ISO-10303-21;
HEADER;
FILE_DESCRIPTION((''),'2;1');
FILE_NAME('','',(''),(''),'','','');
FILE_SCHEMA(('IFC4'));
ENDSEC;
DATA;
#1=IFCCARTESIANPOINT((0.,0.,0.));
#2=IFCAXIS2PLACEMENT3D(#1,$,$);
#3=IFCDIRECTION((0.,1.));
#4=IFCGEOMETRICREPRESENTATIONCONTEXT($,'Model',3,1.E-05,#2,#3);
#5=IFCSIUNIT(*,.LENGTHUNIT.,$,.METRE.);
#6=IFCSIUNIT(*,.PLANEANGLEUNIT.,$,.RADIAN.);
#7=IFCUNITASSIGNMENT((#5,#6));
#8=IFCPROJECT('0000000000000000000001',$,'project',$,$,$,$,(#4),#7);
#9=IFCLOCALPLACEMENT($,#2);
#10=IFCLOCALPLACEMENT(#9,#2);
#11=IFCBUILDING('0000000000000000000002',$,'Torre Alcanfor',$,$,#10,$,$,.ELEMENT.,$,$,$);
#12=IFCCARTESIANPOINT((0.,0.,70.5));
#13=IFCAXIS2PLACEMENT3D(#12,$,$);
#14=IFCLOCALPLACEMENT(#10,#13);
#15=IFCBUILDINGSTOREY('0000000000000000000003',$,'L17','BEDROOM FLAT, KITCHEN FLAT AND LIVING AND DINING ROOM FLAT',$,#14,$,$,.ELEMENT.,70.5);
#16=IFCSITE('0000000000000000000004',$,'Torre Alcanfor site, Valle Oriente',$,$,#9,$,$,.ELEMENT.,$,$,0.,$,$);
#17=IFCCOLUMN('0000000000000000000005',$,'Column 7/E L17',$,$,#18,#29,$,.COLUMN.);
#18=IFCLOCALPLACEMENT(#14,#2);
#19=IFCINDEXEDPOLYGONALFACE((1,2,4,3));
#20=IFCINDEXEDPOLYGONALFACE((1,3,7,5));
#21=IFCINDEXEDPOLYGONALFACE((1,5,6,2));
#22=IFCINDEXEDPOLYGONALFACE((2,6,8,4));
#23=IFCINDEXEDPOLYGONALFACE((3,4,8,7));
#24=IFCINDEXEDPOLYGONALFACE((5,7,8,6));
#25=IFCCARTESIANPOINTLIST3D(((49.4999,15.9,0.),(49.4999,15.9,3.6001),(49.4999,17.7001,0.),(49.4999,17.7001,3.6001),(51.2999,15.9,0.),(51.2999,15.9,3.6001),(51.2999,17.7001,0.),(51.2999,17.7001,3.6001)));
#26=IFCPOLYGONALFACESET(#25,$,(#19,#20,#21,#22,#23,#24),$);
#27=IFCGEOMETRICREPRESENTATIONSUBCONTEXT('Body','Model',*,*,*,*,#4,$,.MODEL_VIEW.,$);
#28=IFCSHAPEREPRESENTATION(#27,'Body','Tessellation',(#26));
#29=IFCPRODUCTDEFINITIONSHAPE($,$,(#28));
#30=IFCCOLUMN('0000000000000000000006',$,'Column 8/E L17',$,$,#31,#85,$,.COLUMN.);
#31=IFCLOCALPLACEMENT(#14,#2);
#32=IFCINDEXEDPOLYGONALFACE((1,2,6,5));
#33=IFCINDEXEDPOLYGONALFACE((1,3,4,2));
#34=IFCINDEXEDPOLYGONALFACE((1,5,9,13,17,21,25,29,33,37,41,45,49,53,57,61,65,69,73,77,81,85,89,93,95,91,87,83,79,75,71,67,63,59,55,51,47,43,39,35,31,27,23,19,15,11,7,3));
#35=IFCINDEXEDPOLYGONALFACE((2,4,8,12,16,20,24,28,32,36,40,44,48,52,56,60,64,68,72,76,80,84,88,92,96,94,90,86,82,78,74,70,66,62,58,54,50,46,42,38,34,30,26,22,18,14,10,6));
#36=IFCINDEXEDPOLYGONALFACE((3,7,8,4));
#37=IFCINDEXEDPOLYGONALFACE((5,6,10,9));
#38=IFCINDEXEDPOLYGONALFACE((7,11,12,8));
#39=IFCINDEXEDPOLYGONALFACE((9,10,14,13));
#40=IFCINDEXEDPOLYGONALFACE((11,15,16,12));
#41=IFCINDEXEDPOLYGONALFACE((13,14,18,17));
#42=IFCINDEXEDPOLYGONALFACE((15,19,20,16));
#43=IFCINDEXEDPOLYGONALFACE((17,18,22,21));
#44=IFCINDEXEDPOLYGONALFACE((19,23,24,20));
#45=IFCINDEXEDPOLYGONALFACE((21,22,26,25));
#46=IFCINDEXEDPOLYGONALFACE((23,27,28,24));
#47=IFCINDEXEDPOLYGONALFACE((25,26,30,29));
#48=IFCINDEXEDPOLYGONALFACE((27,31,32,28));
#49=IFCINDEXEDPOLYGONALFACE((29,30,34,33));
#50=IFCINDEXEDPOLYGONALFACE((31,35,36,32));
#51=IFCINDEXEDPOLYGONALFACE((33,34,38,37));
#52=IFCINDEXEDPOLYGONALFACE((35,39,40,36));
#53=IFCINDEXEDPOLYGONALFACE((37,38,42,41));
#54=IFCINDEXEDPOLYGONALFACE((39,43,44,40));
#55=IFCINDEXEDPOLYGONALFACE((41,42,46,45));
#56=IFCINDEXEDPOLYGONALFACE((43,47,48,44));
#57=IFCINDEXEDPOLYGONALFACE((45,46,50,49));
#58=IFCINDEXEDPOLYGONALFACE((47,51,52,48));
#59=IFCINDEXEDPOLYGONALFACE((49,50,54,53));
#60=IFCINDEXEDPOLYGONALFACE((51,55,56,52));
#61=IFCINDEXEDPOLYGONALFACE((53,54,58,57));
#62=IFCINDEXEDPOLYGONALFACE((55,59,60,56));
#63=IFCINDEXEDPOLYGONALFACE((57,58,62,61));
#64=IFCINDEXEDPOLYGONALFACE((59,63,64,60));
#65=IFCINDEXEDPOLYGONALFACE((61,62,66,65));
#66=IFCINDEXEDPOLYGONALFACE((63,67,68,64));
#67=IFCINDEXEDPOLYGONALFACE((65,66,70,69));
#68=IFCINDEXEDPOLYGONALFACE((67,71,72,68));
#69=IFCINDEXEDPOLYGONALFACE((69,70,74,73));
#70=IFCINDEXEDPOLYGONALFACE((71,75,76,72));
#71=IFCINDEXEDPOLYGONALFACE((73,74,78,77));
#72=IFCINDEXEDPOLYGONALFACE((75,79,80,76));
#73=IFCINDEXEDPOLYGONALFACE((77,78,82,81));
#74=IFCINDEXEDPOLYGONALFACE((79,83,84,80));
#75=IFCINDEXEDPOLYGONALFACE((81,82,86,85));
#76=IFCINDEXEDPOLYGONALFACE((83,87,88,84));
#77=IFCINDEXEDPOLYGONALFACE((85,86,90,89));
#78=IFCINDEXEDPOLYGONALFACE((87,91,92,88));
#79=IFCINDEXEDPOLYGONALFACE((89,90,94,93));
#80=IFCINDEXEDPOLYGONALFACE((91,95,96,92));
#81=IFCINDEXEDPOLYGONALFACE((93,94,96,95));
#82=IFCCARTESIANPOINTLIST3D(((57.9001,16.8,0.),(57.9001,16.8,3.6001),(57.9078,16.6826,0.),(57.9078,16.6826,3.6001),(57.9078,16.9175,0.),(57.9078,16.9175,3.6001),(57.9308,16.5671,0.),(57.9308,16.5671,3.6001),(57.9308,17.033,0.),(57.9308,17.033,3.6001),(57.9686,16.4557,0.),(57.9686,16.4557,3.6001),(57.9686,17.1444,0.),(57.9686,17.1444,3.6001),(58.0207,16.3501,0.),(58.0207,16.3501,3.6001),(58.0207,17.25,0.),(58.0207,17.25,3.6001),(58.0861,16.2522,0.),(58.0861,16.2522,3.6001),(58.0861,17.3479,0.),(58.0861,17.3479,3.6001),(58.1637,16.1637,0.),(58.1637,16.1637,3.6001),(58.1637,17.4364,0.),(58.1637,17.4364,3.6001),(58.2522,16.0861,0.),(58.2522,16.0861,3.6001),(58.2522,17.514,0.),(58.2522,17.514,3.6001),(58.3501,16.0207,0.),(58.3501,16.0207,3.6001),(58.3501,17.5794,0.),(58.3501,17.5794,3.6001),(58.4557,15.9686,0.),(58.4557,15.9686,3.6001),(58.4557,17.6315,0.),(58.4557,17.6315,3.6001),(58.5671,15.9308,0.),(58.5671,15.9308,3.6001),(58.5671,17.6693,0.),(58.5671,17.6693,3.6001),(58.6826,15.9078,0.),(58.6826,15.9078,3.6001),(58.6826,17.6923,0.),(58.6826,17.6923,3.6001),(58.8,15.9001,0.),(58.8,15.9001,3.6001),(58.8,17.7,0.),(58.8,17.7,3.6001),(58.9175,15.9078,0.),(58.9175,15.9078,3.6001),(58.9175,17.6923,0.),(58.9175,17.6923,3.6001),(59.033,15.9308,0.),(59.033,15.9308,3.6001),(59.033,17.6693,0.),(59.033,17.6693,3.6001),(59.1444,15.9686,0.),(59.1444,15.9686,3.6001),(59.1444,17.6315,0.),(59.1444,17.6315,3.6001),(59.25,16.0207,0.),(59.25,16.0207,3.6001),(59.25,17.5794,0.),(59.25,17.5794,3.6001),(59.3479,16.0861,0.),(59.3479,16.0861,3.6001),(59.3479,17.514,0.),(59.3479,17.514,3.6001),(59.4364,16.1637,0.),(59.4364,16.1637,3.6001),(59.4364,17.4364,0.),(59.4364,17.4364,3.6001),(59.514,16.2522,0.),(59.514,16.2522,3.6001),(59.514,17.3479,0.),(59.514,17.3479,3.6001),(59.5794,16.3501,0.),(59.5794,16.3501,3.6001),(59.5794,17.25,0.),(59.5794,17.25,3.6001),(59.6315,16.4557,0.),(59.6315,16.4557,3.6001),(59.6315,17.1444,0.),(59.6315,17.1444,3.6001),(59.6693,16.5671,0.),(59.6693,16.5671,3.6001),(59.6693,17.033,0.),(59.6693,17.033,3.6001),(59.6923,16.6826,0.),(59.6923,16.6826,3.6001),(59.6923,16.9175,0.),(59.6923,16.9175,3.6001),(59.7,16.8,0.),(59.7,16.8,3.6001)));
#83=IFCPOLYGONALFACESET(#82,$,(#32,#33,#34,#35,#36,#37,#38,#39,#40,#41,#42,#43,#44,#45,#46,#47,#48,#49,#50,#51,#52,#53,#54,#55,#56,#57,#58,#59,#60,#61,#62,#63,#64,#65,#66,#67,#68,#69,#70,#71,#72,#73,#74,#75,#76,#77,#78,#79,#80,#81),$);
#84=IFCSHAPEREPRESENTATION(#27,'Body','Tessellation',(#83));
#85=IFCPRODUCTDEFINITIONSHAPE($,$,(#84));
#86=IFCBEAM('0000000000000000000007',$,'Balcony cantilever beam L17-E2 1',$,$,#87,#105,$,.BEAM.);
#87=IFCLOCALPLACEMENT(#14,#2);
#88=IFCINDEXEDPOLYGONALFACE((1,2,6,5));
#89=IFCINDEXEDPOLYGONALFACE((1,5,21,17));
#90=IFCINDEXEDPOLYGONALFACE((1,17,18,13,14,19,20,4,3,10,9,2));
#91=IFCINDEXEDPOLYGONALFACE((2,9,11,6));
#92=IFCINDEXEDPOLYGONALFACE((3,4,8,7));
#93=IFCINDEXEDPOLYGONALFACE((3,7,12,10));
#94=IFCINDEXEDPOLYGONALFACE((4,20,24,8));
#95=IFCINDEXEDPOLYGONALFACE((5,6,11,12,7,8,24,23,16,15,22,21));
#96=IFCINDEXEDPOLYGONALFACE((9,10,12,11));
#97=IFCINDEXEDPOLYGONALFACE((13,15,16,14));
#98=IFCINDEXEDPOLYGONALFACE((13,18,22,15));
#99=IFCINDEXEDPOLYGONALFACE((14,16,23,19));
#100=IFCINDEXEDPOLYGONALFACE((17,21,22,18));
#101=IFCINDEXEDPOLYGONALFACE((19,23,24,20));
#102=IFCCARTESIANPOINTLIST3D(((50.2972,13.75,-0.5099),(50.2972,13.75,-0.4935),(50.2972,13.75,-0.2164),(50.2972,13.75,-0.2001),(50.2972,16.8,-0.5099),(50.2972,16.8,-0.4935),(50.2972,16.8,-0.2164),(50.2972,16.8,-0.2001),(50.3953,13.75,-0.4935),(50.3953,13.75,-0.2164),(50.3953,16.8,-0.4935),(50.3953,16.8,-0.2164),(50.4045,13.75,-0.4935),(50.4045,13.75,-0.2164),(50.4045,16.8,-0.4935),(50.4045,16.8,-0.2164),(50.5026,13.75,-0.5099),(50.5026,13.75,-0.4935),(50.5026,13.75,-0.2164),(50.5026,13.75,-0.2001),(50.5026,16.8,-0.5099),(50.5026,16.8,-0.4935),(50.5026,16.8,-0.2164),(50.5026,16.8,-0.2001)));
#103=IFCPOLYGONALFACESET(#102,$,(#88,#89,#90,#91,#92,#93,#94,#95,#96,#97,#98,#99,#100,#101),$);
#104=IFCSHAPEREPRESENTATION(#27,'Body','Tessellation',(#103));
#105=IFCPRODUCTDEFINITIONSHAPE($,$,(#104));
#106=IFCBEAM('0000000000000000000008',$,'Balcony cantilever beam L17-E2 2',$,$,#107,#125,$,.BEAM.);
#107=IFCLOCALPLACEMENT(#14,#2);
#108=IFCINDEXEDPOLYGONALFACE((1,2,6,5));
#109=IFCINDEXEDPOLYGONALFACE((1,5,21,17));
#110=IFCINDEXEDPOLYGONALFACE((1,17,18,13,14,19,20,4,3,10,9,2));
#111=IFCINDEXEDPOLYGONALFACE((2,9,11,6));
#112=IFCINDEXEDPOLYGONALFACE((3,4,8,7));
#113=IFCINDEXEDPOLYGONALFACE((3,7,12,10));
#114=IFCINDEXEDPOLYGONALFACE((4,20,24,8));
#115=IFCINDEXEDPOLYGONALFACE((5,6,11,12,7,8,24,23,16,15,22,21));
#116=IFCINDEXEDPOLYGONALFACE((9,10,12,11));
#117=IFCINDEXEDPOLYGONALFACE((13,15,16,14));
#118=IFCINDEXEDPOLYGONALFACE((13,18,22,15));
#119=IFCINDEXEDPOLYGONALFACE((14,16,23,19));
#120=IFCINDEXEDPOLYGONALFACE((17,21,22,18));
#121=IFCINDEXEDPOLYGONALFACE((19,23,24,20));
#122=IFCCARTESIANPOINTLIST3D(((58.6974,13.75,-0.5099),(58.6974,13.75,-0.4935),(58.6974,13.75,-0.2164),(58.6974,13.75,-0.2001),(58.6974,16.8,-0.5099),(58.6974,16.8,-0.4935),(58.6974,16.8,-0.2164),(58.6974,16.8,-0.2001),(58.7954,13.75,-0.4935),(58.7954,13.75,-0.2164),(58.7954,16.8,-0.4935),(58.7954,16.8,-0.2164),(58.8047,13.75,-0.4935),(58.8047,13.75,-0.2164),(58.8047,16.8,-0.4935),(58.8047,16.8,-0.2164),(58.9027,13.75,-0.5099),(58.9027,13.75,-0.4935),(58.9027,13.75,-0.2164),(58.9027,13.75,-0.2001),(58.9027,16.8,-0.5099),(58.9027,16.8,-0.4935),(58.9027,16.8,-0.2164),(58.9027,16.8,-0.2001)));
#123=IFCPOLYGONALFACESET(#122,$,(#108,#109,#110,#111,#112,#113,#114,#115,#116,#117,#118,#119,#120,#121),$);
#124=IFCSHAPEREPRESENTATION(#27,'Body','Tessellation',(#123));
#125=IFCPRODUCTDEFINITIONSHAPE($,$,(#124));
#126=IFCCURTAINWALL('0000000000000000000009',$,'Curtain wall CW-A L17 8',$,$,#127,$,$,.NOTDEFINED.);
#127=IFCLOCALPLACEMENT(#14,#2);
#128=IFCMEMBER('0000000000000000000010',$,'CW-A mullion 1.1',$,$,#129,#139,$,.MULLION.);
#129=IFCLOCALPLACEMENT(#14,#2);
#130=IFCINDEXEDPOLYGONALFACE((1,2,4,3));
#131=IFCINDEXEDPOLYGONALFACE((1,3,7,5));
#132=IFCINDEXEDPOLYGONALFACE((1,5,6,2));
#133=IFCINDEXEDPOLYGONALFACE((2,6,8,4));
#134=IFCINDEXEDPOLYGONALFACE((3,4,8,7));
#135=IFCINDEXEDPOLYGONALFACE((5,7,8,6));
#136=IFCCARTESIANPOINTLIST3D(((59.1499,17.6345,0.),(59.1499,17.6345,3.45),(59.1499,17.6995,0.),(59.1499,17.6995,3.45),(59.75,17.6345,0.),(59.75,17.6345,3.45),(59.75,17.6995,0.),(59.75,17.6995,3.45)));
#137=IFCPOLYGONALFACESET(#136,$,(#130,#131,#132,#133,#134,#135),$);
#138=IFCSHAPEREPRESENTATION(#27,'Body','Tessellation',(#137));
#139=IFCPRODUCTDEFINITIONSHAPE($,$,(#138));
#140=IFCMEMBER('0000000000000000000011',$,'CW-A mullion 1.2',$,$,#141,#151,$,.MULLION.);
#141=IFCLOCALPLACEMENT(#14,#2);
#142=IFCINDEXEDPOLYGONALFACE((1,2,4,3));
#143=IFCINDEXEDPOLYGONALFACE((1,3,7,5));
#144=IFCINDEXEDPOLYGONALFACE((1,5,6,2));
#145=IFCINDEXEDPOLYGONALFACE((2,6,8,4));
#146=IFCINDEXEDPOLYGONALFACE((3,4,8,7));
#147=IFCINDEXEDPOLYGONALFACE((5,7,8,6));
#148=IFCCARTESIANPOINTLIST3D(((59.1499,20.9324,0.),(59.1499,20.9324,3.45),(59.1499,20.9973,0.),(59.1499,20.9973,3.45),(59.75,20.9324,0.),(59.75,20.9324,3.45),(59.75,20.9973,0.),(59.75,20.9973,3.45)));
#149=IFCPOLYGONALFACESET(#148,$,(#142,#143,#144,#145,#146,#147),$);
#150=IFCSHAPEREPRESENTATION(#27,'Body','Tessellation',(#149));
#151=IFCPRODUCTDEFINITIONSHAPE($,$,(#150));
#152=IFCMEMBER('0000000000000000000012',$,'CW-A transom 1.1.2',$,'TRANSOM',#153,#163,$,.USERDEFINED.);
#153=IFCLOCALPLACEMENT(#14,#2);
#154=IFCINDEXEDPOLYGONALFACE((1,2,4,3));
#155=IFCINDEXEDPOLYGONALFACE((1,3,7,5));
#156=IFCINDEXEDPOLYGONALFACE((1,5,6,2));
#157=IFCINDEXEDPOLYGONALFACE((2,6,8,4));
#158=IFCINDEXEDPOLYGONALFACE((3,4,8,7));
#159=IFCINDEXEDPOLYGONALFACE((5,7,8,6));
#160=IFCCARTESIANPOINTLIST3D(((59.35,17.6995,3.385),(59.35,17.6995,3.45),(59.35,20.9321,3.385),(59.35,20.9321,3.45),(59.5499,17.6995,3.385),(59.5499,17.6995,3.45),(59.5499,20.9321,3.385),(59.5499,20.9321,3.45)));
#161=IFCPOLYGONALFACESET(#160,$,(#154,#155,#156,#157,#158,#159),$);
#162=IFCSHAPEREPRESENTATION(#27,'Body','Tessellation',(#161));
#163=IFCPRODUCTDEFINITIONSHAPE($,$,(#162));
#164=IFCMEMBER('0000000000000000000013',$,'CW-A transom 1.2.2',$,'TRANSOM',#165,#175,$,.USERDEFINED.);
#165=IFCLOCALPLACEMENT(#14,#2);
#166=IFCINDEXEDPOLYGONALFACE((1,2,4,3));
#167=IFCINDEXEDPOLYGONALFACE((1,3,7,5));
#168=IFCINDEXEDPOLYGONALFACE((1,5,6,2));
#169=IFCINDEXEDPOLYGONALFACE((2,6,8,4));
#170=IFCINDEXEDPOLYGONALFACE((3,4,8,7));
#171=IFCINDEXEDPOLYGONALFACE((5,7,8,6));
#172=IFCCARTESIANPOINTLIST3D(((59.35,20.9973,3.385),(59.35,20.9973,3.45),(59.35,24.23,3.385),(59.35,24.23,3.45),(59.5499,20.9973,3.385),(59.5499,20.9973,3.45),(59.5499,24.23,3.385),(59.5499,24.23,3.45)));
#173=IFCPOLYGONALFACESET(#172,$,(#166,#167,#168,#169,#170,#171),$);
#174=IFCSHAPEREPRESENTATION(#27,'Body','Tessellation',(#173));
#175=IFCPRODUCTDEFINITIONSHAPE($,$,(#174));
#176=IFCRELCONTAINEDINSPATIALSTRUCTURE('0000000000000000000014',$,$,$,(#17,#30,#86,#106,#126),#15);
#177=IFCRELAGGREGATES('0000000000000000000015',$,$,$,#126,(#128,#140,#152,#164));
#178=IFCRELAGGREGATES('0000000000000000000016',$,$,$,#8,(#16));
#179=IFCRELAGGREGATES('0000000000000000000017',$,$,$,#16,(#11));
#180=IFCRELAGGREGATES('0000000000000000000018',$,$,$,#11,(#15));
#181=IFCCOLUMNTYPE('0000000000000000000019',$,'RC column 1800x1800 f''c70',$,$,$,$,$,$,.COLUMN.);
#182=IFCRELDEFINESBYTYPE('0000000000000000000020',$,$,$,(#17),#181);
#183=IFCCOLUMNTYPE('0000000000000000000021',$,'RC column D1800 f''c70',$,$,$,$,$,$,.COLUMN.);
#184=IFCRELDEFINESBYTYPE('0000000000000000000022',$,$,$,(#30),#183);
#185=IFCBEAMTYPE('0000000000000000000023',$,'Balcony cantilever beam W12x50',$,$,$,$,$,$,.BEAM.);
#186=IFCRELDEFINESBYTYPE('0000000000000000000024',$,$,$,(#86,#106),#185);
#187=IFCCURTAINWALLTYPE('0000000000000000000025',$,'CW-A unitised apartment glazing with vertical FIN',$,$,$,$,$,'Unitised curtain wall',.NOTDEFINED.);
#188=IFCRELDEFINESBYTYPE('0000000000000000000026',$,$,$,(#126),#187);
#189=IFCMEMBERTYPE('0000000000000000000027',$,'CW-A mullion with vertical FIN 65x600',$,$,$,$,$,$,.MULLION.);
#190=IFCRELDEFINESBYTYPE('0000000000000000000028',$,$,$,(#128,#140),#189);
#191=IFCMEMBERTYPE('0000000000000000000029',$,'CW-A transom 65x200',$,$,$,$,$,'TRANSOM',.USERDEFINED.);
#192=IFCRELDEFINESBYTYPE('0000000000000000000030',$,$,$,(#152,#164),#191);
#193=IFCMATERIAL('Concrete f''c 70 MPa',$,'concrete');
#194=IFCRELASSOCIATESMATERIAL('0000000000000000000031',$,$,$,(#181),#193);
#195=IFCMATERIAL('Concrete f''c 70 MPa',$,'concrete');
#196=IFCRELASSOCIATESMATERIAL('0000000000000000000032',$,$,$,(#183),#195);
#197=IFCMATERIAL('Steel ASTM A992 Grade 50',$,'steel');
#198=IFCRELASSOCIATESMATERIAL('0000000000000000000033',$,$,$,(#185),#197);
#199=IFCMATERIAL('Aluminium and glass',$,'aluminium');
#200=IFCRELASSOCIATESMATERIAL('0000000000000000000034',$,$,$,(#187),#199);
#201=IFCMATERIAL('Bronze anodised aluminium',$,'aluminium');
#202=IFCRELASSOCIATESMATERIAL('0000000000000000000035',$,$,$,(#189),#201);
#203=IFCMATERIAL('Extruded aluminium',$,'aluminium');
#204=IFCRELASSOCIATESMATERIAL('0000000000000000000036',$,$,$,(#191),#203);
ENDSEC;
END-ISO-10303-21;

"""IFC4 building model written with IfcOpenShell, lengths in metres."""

from ifc_helpers import new_model, si_unit, direction, frame, origin, origin_2d, place, context, subcontext, project, spatial, rectangle, circle, i_section, extrude, material, material_profile, profile_set, type_object, element, aggregate, save


model = new_model("IFC4")

# Units and contexts
model_context = context("Model", 3, precision=1e-05, world=origin(), true_north=direction((0.0, 1.0)))
body_context = subcontext(model_context, "Body", "Model", "MODEL_VIEW")
ifc_project = project(units=[si_unit("LENGTHUNIT", "METRE"), si_unit("PLANEANGLEUNIT", "RADIAN")], contexts=[model_context])

# Site, building, storey
site_placement = place(None, origin())
site = spatial("IfcSite", under=ifc_project, at=site_placement, Name="Torre Alcanfor site, Valle Oriente", CompositionType="ELEMENT", RefElevation=0.0)
building_placement = place(site_placement, origin())
building = spatial("IfcBuilding", under=site, at=building_placement, Name="Torre Alcanfor", CompositionType="ELEMENT")
storey_placement = place(building_placement, frame((0.0, 0.0, 70.5)))
storey = spatial("IfcBuildingStorey", under=building, at=storey_placement, Name="L17", Description="BEDROOM FLAT, KITCHEN FLAT AND LIVING AND DINING ROOM FLAT", CompositionType="ELEMENT", Elevation=70.5)

# Columns
ifc_material_1 = material(Name="Concrete f'c 70 MPa", Category="concrete")
ifc_material_profile_1 = material_profile(ifc_material_1, rectangle(XDim=1.8, YDim=1.8, at=origin_2d()), Name="1800x1800")
ifc_profile_set_1 = profile_set([ifc_material_profile_1], Name="Concrete f'c 70 MPa")
column_type_1 = type_object("IfcColumnType", Name="RC column 1800x1800 f'c70", PredefinedType="COLUMN", material=ifc_profile_set_1)
column_1_placement = place(storey_placement, frame((50.3999, 16.8, 0.0), z_axis=(0.0, 0.0, 1.0), x_axis=(1.0, 0.0, 0.0)))
element("IfcColumn", 1, at=column_1_placement, inside=storey, type_object=column_type_1, Name="Column 7/E L17", PredefinedType="COLUMN", context=body_context, shape_type="SweptSolid", body=[
    extrude(rectangle(XDim=1.8, YDim=1.8, at=origin_2d()), origin(), (0.0, 0.0, 1.0), 3.6001),
])
ifc_material_2 = material(Name="Concrete f'c 70 MPa", Category="concrete")
ifc_material_profile_2 = material_profile(ifc_material_2, circle(Radius=0.8999, at=origin_2d()), Name="D1800")
ifc_profile_set_2 = profile_set([ifc_material_profile_2], Name="Concrete f'c 70 MPa")
column_type_2 = type_object("IfcColumnType", Name="RC column D1800 f'c70", PredefinedType="COLUMN", material=ifc_profile_set_2)
column_2_placement = place(storey_placement, frame((58.8, 16.8, 0.0), z_axis=(0.0, 0.0, 1.0), x_axis=(1.0, 0.0, 0.0)))
element("IfcColumn", 2, at=column_2_placement, inside=storey, type_object=column_type_2, Name="Column 8/E L17", PredefinedType="COLUMN", context=body_context, shape_type="SweptSolid", body=[
    extrude(circle(Radius=0.8999, at=origin_2d()), origin(), (0.0, 0.0, 1.0), 3.6001),
])

# Beams
ifc_material_3 = material(Name="Steel ASTM A992 Grade 50", Category="steel")
ifc_material_profile_3 = material_profile(ifc_material_3, i_section(OverallWidth=0.2053, OverallDepth=0.3098, WebThickness=0.0093, FlangeThickness=0.0164, at=origin_2d()), Name="W12x50")
ifc_profile_set_3 = profile_set([ifc_material_profile_3], Name="Steel ASTM A992 Grade 50")
beam_type_1 = type_object("IfcBeamType", Name="Balcony cantilever beam W12x50", PredefinedType="BEAM", material=ifc_profile_set_3)
for number, where, z_axis, x_axis, name in (
    (3, (50.3999, 16.8, -0.355), (0.0, -1.0, 0.0), (1.0, 0.0, 0.0), "Balcony cantilever beam L17-E2 1"),
    (4, (58.8, 16.8, -0.355), (0.0, -1.0, 0.0), (1.0, 0.0, 0.0), "Balcony cantilever beam L17-E2 2"),
):
    element("IfcBeam", number, at=place(storey_placement, frame(where, z_axis=z_axis, x_axis=x_axis)), inside=storey, type_object=beam_type_1, Name=name, PredefinedType="BEAM", context=body_context, shape_type="SweptSolid", body=[
        extrude(i_section(OverallWidth=0.2053, OverallDepth=0.3098, WebThickness=0.0093, FlangeThickness=0.0164, at=origin_2d()), origin(), (0.0, 0.0, 1.0), 3.05),
    ])

# Curtain wall, members
ifc_material_4 = material(Name="Aluminium and glass", Category="aluminium")
curtain_wall_type = type_object("IfcCurtainWallType", Name="CW-A unitised apartment glazing with vertical FIN", ElementType="Unitised curtain wall", PredefinedType="NOTDEFINED", material=ifc_material_4)
curtain_wall_placement = place(storey_placement, origin())
curtain_wall = element("IfcCurtainWall", 5, at=curtain_wall_placement, inside=storey, type_object=curtain_wall_type, Name="Curtain wall CW-A L17 8", PredefinedType="NOTDEFINED")
ifc_material_5 = material(Name="Bronze anodised aluminium", Category="aluminium")
ifc_material_profile_4 = material_profile(ifc_material_5, rectangle(XDim=0.6001, YDim=0.0649, at=origin_2d()), Name="CW-A mullion 65x600")
ifc_profile_set_4 = profile_set([ifc_material_profile_4], Name="Bronze anodised aluminium")
member_type_1 = type_object("IfcMemberType", Name="CW-A mullion with vertical FIN 65x600", PredefinedType="MULLION", material=ifc_profile_set_4)
member_1_placement = place(storey_placement, frame((59.45, 17.667, 0.0), z_axis=(0.0, 0.0, 1.0), x_axis=(-1.0, 0.0, 0.0)))
member_1 = element("IfcMember", 6, at=member_1_placement, type_object=member_type_1, Name="CW-A mullion 1.1", PredefinedType="MULLION", context=body_context, shape_type="SweptSolid", body=[
    extrude(rectangle(XDim=0.6001, YDim=0.0649, at=origin_2d()), origin(), (0.0, 0.0, 1.0), 3.45),
])
member_2_placement = place(storey_placement, frame((59.45, 20.9648, 0.0), z_axis=(0.0, 0.0, 1.0), x_axis=(-1.0, 0.0, 0.0)))
member_2 = element("IfcMember", 7, at=member_2_placement, type_object=member_type_1, Name="CW-A mullion 1.2", PredefinedType="MULLION", context=body_context, shape_type="SweptSolid", body=[
    extrude(rectangle(XDim=0.6001, YDim=0.0649, at=origin_2d()), origin(), (0.0, 0.0, 1.0), 3.45),
])
ifc_material_6 = material(Name="Extruded aluminium", Category="aluminium")
ifc_material_profile_5 = material_profile(ifc_material_6, rectangle(XDim=0.2, YDim=0.0649, at=origin_2d()), Name="CW-A transom 200x65")
ifc_profile_set_5 = profile_set([ifc_material_profile_5], Name="Extruded aluminium")
member_type_2 = type_object("IfcMemberType", Name="CW-A transom 65x200", ElementType="TRANSOM", PredefinedType="USERDEFINED", material=ifc_profile_set_5)
member_3_placement = place(storey_placement, frame((59.45, 17.6995, 3.4175), z_axis=(0.0, 1.0, 0.0), x_axis=(-1.0, 0.0, 0.0)))
member_3 = element("IfcMember", 8, at=member_3_placement, type_object=member_type_2, Name="CW-A transom 1.1.2", ObjectType="TRANSOM", PredefinedType="USERDEFINED", context=body_context, shape_type="SweptSolid", body=[
    extrude(rectangle(XDim=0.2, YDim=0.0649, at=origin_2d()), origin(), (0.0, 0.0, 1.0), 3.2327),
])
member_4_placement = place(storey_placement, frame((59.45, 20.9973, 3.4175), z_axis=(0.0, 1.0, 0.0), x_axis=(-1.0, 0.0, 0.0)))
member_4 = element("IfcMember", 9, at=member_4_placement, type_object=member_type_2, Name="CW-A transom 1.2.2", ObjectType="TRANSOM", PredefinedType="USERDEFINED", context=body_context, shape_type="SweptSolid", body=[
    extrude(rectangle(XDim=0.2, YDim=0.0649, at=origin_2d()), origin(), (0.0, 0.0, 1.0), 3.2327),
])

aggregate(curtain_wall, [member_1, member_2, member_3, member_4])

save(model, "model.ifc")
